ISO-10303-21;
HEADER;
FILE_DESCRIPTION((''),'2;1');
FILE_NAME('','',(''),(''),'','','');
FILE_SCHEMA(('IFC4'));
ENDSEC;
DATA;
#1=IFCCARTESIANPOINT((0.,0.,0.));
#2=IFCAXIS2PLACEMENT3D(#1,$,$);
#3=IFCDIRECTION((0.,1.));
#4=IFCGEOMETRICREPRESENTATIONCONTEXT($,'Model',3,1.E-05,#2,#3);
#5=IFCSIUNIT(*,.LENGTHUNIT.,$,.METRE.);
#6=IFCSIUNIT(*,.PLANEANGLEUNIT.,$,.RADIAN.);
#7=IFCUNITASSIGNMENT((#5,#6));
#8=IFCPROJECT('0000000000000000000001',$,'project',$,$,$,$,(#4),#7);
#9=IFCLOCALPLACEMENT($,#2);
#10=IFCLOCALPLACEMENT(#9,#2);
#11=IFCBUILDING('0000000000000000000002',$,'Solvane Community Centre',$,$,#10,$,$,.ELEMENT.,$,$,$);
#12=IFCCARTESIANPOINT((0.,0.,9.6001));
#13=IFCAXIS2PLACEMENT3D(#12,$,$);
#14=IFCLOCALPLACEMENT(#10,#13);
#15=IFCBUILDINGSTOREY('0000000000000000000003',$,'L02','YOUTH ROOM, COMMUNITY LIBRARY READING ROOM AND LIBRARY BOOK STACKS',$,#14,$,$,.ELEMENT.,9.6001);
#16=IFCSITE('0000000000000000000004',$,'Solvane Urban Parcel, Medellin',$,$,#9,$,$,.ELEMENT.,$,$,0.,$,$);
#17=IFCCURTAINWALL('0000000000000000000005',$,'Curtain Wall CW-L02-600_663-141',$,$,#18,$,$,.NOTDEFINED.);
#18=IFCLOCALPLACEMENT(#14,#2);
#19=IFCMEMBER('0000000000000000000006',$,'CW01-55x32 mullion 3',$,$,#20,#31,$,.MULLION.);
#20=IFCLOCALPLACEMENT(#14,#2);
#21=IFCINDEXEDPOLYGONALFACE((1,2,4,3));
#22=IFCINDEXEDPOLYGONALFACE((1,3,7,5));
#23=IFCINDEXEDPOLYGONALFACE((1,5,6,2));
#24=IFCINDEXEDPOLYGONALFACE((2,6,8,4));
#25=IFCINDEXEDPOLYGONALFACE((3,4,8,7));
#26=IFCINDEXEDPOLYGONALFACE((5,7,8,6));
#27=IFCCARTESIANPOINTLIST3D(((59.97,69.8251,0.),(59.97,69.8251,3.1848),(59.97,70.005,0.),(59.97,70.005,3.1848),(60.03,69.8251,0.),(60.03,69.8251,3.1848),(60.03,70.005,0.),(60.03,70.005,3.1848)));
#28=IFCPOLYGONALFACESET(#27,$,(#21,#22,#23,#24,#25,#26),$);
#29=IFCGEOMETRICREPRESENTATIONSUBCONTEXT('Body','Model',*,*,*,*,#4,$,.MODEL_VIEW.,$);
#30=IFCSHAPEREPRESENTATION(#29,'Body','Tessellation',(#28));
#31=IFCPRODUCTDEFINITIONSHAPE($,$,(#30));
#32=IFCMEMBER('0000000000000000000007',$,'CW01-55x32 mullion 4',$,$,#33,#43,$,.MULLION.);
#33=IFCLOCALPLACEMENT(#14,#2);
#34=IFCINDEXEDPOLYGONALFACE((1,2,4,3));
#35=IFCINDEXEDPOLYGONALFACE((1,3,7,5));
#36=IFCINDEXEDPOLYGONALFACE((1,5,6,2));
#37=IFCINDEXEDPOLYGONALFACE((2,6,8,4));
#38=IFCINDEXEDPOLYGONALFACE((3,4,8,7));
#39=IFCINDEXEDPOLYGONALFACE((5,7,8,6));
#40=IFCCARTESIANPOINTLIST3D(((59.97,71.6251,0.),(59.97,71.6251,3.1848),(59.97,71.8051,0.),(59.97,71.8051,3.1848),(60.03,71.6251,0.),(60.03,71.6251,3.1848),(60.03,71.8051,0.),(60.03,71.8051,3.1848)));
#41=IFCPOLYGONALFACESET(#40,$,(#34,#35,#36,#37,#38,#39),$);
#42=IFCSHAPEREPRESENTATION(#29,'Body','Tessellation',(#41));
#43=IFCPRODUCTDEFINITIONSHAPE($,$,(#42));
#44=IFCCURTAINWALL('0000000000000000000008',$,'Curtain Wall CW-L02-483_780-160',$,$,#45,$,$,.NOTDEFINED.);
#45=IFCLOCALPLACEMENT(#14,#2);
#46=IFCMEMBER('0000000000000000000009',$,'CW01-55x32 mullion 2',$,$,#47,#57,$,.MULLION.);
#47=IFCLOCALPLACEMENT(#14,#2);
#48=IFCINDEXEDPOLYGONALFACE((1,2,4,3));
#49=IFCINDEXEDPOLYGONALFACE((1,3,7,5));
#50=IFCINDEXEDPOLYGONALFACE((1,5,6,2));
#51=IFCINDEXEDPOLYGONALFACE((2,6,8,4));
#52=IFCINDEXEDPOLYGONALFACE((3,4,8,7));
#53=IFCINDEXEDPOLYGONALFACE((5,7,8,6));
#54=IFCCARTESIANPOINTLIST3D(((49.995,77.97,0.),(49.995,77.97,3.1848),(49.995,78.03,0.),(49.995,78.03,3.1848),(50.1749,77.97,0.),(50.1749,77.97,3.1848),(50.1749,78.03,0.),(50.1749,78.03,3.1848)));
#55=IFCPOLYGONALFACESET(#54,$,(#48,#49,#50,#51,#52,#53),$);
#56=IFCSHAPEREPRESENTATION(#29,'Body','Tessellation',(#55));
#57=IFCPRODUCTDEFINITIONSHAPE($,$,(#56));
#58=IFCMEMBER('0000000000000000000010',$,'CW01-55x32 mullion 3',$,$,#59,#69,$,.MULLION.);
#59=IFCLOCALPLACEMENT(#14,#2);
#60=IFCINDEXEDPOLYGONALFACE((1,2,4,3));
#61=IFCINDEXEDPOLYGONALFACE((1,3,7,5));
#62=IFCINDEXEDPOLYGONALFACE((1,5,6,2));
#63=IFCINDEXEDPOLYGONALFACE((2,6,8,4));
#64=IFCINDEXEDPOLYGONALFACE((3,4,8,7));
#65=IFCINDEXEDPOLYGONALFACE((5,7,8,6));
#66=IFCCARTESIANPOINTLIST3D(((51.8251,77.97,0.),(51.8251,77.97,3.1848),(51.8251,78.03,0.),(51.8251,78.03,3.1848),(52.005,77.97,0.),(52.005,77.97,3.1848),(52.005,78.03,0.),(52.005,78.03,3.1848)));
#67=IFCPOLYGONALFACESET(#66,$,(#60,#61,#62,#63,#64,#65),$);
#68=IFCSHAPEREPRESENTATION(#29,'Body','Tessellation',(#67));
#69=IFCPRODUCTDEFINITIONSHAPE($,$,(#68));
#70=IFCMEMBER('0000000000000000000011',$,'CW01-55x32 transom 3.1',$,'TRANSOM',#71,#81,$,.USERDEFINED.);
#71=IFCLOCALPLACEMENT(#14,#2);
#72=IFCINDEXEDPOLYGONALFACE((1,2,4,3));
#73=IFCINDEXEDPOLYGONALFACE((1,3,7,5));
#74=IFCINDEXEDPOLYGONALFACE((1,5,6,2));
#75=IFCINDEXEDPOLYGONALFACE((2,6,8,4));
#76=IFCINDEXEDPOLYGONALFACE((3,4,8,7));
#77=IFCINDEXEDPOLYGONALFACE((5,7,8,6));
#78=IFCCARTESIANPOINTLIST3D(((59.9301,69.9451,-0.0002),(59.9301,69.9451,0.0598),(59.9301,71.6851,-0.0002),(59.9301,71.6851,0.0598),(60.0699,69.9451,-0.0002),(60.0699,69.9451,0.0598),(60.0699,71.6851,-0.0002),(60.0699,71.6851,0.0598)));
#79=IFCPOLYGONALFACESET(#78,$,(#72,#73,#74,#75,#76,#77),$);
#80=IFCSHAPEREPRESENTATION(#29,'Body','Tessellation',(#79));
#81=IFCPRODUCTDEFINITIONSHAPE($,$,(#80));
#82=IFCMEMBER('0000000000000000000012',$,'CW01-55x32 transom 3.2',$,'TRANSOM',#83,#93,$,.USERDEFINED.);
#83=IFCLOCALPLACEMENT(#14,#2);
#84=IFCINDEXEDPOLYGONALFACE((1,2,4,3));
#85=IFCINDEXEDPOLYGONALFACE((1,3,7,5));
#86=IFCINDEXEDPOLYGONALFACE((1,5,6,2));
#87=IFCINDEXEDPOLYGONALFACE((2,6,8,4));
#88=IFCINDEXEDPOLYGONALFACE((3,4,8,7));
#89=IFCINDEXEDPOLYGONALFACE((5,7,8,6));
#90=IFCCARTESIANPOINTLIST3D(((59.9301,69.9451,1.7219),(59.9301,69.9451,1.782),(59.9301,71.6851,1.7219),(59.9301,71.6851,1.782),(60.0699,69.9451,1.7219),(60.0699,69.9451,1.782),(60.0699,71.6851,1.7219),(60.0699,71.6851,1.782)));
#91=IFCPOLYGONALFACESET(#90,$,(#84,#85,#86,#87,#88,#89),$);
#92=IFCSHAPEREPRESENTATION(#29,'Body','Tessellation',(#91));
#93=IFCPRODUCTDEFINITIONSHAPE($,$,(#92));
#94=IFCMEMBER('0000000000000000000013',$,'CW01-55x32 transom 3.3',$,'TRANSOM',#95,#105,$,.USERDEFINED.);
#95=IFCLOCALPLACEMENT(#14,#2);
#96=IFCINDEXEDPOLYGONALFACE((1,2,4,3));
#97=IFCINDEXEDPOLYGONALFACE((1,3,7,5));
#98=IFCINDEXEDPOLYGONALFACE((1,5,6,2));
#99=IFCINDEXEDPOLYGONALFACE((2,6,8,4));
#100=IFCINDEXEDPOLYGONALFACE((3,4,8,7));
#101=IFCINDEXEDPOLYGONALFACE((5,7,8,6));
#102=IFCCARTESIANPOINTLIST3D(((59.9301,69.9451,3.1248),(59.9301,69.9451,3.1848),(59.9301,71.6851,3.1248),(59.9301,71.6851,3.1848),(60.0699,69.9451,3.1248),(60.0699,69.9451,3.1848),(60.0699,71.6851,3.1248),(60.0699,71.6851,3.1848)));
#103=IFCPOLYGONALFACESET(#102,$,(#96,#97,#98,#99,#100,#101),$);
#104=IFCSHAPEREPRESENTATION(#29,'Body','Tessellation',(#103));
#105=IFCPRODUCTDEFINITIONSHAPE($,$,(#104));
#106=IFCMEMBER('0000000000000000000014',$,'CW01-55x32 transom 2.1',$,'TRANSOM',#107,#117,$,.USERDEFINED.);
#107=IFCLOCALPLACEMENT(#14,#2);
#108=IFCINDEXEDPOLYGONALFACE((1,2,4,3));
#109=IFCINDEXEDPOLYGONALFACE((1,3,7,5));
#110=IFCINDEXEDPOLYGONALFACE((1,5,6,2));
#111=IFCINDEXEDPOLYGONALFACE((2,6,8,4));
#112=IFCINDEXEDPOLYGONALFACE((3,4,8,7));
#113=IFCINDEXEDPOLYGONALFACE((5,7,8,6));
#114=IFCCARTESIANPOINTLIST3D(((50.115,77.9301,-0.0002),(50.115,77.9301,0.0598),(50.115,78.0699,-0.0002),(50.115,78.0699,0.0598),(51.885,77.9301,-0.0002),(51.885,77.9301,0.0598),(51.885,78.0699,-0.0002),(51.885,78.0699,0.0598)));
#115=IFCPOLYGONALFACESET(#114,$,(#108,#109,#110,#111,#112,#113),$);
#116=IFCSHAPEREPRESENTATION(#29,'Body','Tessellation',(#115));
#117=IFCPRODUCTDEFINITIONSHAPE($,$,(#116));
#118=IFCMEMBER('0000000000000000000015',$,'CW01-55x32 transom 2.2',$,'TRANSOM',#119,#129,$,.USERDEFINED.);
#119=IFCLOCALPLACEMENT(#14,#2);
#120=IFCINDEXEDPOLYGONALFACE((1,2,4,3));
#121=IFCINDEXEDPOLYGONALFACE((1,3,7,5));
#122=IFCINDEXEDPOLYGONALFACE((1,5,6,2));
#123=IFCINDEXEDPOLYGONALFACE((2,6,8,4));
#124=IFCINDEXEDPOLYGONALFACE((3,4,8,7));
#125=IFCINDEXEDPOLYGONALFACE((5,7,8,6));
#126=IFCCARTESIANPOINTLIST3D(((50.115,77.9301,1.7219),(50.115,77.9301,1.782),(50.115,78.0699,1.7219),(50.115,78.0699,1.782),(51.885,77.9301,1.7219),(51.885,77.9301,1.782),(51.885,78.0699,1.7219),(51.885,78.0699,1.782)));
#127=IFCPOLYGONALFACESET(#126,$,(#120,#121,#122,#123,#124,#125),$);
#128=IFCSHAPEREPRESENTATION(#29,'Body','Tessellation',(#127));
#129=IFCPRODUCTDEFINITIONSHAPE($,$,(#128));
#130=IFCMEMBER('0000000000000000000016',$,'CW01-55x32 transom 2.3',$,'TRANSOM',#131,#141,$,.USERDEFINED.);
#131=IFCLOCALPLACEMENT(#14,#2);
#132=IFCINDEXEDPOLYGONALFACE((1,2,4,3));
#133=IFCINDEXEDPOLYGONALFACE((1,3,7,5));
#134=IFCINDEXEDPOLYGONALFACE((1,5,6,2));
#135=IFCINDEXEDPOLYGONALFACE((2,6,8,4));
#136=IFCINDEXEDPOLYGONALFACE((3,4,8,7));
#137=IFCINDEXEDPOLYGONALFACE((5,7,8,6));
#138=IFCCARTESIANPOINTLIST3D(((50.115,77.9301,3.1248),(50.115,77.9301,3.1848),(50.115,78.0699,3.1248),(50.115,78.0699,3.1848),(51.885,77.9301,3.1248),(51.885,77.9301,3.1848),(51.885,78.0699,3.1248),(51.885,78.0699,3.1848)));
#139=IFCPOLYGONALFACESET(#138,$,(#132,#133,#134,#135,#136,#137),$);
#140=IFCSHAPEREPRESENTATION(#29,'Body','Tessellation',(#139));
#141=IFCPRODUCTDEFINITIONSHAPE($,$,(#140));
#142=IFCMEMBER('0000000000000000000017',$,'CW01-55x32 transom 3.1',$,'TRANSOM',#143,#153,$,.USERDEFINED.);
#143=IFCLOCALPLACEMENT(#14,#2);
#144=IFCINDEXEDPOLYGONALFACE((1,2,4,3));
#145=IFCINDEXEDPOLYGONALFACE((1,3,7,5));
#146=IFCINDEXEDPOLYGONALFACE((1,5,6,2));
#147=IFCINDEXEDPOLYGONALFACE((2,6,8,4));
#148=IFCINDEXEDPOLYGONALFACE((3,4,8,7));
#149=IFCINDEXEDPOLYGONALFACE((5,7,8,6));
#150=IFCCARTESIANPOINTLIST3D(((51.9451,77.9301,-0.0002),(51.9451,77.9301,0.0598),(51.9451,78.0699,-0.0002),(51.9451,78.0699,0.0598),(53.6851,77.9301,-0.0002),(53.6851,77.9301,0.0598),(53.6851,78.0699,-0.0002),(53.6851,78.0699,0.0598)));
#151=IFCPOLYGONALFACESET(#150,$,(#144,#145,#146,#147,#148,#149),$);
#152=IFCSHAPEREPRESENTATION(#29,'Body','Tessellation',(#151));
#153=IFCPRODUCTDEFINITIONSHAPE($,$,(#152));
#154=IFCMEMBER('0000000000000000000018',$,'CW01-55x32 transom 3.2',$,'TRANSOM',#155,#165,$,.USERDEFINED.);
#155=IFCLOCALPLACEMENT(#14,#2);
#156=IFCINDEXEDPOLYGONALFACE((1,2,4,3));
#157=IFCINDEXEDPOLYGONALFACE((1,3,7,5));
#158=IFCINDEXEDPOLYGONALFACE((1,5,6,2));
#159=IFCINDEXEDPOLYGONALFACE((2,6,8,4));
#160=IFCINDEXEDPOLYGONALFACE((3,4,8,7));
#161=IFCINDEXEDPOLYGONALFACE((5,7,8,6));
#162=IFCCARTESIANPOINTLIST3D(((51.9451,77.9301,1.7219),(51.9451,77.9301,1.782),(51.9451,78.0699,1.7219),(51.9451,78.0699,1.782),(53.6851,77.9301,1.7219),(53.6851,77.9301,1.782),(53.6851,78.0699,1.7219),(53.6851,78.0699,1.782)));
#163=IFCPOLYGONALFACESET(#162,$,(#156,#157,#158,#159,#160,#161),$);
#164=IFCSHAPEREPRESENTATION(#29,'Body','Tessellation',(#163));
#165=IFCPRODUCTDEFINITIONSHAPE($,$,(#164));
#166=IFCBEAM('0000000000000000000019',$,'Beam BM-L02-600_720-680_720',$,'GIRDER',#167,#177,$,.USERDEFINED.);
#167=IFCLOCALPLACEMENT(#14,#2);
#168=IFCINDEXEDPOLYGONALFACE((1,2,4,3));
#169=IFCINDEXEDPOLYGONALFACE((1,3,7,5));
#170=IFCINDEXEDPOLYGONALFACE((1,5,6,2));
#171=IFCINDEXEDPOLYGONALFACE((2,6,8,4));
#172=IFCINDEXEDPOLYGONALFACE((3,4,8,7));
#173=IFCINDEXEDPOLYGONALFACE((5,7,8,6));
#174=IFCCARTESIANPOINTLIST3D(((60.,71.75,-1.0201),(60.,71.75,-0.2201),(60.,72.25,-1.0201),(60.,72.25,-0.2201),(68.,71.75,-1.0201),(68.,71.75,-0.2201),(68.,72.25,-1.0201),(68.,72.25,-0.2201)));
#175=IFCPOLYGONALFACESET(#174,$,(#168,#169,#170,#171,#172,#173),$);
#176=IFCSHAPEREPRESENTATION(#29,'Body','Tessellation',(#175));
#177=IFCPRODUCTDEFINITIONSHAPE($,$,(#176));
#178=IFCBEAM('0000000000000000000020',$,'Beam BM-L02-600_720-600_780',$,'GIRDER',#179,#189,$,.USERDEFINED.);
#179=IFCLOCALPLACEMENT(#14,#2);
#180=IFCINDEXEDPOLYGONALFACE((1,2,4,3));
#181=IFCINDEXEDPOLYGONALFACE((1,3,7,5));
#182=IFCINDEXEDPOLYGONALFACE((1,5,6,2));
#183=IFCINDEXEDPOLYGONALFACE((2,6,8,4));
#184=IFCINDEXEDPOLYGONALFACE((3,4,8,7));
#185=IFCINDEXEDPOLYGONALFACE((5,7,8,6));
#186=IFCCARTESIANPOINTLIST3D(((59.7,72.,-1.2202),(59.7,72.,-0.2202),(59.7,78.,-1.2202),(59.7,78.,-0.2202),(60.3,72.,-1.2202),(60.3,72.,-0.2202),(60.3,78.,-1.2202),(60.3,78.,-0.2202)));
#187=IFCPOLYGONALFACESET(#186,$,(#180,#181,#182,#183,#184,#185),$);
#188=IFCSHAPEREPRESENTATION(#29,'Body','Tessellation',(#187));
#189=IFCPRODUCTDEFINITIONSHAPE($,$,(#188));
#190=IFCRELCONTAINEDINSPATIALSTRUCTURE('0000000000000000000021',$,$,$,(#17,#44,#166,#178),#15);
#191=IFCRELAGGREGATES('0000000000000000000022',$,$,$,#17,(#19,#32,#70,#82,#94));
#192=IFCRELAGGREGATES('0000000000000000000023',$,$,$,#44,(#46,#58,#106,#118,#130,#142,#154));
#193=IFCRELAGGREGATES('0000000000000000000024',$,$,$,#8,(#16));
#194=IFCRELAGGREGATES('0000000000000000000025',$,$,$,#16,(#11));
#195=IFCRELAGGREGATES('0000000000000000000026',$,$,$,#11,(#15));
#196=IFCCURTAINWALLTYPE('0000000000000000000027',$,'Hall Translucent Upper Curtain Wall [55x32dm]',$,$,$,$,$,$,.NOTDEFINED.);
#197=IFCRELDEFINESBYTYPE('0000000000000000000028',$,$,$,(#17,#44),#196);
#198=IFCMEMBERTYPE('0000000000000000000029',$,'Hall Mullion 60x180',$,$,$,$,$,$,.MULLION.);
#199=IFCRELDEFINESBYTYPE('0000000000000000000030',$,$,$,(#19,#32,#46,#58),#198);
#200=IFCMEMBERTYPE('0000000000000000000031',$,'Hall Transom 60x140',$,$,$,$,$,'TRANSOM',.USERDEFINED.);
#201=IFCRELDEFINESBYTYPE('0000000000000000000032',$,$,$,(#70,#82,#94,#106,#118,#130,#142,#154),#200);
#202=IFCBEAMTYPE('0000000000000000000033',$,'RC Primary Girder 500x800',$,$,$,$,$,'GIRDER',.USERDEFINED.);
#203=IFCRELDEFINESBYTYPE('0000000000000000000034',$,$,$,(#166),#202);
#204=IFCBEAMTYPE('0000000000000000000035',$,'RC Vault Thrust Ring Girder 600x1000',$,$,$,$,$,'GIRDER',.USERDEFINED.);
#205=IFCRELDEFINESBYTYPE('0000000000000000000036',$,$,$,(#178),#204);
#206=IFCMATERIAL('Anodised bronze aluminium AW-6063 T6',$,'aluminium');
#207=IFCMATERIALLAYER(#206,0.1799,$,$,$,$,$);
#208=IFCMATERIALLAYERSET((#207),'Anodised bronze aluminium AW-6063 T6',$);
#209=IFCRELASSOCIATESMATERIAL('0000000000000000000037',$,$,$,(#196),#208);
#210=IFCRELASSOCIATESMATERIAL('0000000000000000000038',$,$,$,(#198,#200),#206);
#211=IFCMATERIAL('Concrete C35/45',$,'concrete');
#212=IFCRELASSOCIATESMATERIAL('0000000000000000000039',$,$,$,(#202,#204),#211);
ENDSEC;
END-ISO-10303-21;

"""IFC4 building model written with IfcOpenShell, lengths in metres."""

from ifc_helpers import new_model, si_unit, direction, frame, origin, origin_2d, place, context, subcontext, project, spatial, rectangle, extrude, material, layer, layer_set, material_profile, profile_set, type_object, element, aggregate, save


model = new_model("IFC4")

# Units and contexts
model_context = context("Model", 3, precision=1e-05, world=origin(), true_north=direction((0.0, 1.0)))
body_context = subcontext(model_context, "Body", "Model", "MODEL_VIEW")
ifc_project = project(units=[si_unit("LENGTHUNIT", "METRE"), si_unit("PLANEANGLEUNIT", "RADIAN")], contexts=[model_context])

# Site, building, storey
site_placement = place(None, origin())
site = spatial("IfcSite", under=ifc_project, at=site_placement, Name="Solvane Urban Parcel, Medellin", CompositionType="ELEMENT", RefElevation=0.0)
building_placement = place(site_placement, origin())
building = spatial("IfcBuilding", under=site, at=building_placement, Name="Solvane Community Centre", CompositionType="ELEMENT")
storey_placement = place(building_placement, frame((0.0, 0.0, 9.6001)))
storey = spatial("IfcBuildingStorey", under=building, at=storey_placement, Name="L02", Description="YOUTH ROOM, COMMUNITY LIBRARY READING ROOM AND LIBRARY BOOK STACKS", CompositionType="ELEMENT", Elevation=9.6001)

# Curtain walls, members
ifc_material_1 = material(Name="Anodised bronze aluminium AW-6063 T6", Category="aluminium")
ifc_layer_1 = layer(ifc_material_1, 0.1799)
ifc_layer_set_1 = layer_set([ifc_layer_1], Name="Anodised bronze aluminium AW-6063 T6")
curtain_wall_type = type_object("IfcCurtainWallType", Name="Hall Translucent Upper Curtain Wall [55x32dm]", PredefinedType="NOTDEFINED", material=ifc_layer_set_1)
curtain_wall_1_placement = place(storey_placement, origin())
curtain_wall_1 = element("IfcCurtainWall", 1, at=curtain_wall_1_placement, inside=storey, type_object=curtain_wall_type, Name="Curtain Wall CW-L02-600_663-141", PredefinedType="NOTDEFINED")
ifc_material_profile_1 = material_profile(ifc_material_1, rectangle(XDim=0.0601, YDim=0.1799, at=origin_2d()), Name="CW-M 60x180")
ifc_profile_set_1 = profile_set([ifc_material_profile_1], Name="Anodised bronze aluminium AW-6063 T6")
member_type_1 = type_object("IfcMemberType", Name="Hall Mullion 60x180", PredefinedType="MULLION", material=ifc_profile_set_1)
member_1_placement = place(storey_placement, frame((60.0, 69.915, 0.0), z_axis=(0.0, 0.0, 1.0), x_axis=(-1.0, 0.0, 0.0)))
member_1 = element("IfcMember", 2, at=member_1_placement, type_object=member_type_1, Name="CW01-55x32 mullion 3", PredefinedType="MULLION", context=body_context, shape_type="SweptSolid", body=[
    extrude(rectangle(XDim=0.0601, YDim=0.1799, at=origin_2d()), origin(), (0.0, 0.0, 1.0), 3.1848),
])
member_2_placement = place(storey_placement, frame((60.0, 71.7151, 0.0), z_axis=(0.0, 0.0, 1.0), x_axis=(-1.0, 0.0, 0.0)))
member_2 = element("IfcMember", 3, at=member_2_placement, type_object=member_type_1, Name="CW01-55x32 mullion 4", PredefinedType="MULLION", context=body_context, shape_type="SweptSolid", body=[
    extrude(rectangle(XDim=0.0601, YDim=0.1799, at=origin_2d()), origin(), (0.0, 0.0, 1.0), 3.1848),
])
curtain_wall_2_placement = place(storey_placement, origin())
curtain_wall_2 = element("IfcCurtainWall", 4, at=curtain_wall_2_placement, inside=storey, type_object=curtain_wall_type, Name="Curtain Wall CW-L02-483_780-160", PredefinedType="NOTDEFINED")
member_3_placement = place(storey_placement, frame((50.085, 78.0, 0.0), z_axis=(0.0, 0.0, 1.0), x_axis=(0.0, 1.0, 0.0)))
member_3 = element("IfcMember", 5, at=member_3_placement, type_object=member_type_1, Name="CW01-55x32 mullion 2", PredefinedType="MULLION", context=body_context, shape_type="SweptSolid", body=[
    extrude(rectangle(XDim=0.0601, YDim=0.1799, at=origin_2d()), origin(), (0.0, 0.0, 1.0), 3.1848),
])
member_4_placement = place(storey_placement, frame((51.915, 78.0, 0.0), z_axis=(0.0, 0.0, 1.0), x_axis=(0.0, 1.0, 0.0)))
member_4 = element("IfcMember", 6, at=member_4_placement, type_object=member_type_1, Name="CW01-55x32 mullion 3", PredefinedType="MULLION", context=body_context, shape_type="SweptSolid", body=[
    extrude(rectangle(XDim=0.0601, YDim=0.1799, at=origin_2d()), origin(), (0.0, 0.0, 1.0), 3.1848),
])

# Members
ifc_material_profile_2 = material_profile(ifc_material_1, rectangle(XDim=0.1399, YDim=0.0601, at=origin_2d()), Name="CW-T 60x140")
ifc_profile_set_2 = profile_set([ifc_material_profile_2], Name="Anodised bronze aluminium AW-6063 T6")
member_type_2 = type_object("IfcMemberType", Name="Hall Transom 60x140", ElementType="TRANSOM", PredefinedType="USERDEFINED", material=ifc_profile_set_2)
member_5_placement = place(storey_placement, frame((60.0, 69.9451, 0.0298), z_axis=(0.0, 1.0, 0.0), x_axis=(-1.0, 0.0, 0.0)))
member_5 = element("IfcMember", 7, at=member_5_placement, type_object=member_type_2, Name="CW01-55x32 transom 3.1", ObjectType="TRANSOM", PredefinedType="USERDEFINED", context=body_context, shape_type="SweptSolid", body=[
    extrude(rectangle(XDim=0.1399, YDim=0.0601, at=origin_2d()), origin(), (0.0, 0.0, 1.0), 1.74),
])
member_6_placement = place(storey_placement, frame((60.0, 69.9451, 1.752), z_axis=(0.0, 1.0, 0.0), x_axis=(-1.0, 0.0, 0.0)))
member_6 = element("IfcMember", 8, at=member_6_placement, type_object=member_type_2, Name="CW01-55x32 transom 3.2", ObjectType="TRANSOM", PredefinedType="USERDEFINED", context=body_context, shape_type="SweptSolid", body=[
    extrude(rectangle(XDim=0.1399, YDim=0.0601, at=origin_2d()), origin(), (0.0, 0.0, 1.0), 1.74),
])
member_7_placement = place(storey_placement, frame((60.0, 69.9451, 3.1548), z_axis=(0.0, 1.0, 0.0), x_axis=(-1.0, 0.0, 0.0)))
member_7 = element("IfcMember", 9, at=member_7_placement, type_object=member_type_2, Name="CW01-55x32 transom 3.3", ObjectType="TRANSOM", PredefinedType="USERDEFINED", context=body_context, shape_type="SweptSolid", body=[
    extrude(rectangle(XDim=0.1399, YDim=0.0601, at=origin_2d()), origin(), (0.0, 0.0, 1.0), 1.74),
])
member_8_placement = place(storey_placement, frame((50.115, 78.0, 0.0298), z_axis=(1.0, 0.0, 0.0), x_axis=(0.0, 1.0, 0.0)))
member_8 = element("IfcMember", 10, at=member_8_placement, type_object=member_type_2, Name="CW01-55x32 transom 2.1", ObjectType="TRANSOM", PredefinedType="USERDEFINED", context=body_context, shape_type="SweptSolid", body=[
    extrude(rectangle(XDim=0.1399, YDim=0.0601, at=origin_2d()), origin(), (0.0, 0.0, 1.0), 1.77),
])
member_9_placement = place(storey_placement, frame((50.115, 78.0, 1.752), z_axis=(1.0, 0.0, 0.0), x_axis=(0.0, 1.0, 0.0)))
member_9 = element("IfcMember", 11, at=member_9_placement, type_object=member_type_2, Name="CW01-55x32 transom 2.2", ObjectType="TRANSOM", PredefinedType="USERDEFINED", context=body_context, shape_type="SweptSolid", body=[
    extrude(rectangle(XDim=0.1399, YDim=0.0601, at=origin_2d()), origin(), (0.0, 0.0, 1.0), 1.77),
])
member_10_placement = place(storey_placement, frame((50.115, 78.0, 3.1548), z_axis=(1.0, 0.0, 0.0), x_axis=(0.0, 1.0, 0.0)))
member_10 = element("IfcMember", 12, at=member_10_placement, type_object=member_type_2, Name="CW01-55x32 transom 2.3", ObjectType="TRANSOM", PredefinedType="USERDEFINED", context=body_context, shape_type="SweptSolid", body=[
    extrude(rectangle(XDim=0.1399, YDim=0.0601, at=origin_2d()), origin(), (0.0, 0.0, 1.0), 1.77),
])
member_11_placement = place(storey_placement, frame((51.9451, 78.0, 0.0298), z_axis=(1.0, 0.0, 0.0), x_axis=(0.0, 1.0, 0.0)))
member_11 = element("IfcMember", 13, at=member_11_placement, type_object=member_type_2, Name="CW01-55x32 transom 3.1", ObjectType="TRANSOM", PredefinedType="USERDEFINED", context=body_context, shape_type="SweptSolid", body=[
    extrude(rectangle(XDim=0.1399, YDim=0.0601, at=origin_2d()), origin(), (0.0, 0.0, 1.0), 1.74),
])
member_12_placement = place(storey_placement, frame((51.9451, 78.0, 1.752), z_axis=(1.0, 0.0, 0.0), x_axis=(0.0, 1.0, 0.0)))
member_12 = element("IfcMember", 14, at=member_12_placement, type_object=member_type_2, Name="CW01-55x32 transom 3.2", ObjectType="TRANSOM", PredefinedType="USERDEFINED", context=body_context, shape_type="SweptSolid", body=[
    extrude(rectangle(XDim=0.1399, YDim=0.0601, at=origin_2d()), origin(), (0.0, 0.0, 1.0), 1.74),
])

# Beams
ifc_material_2 = material(Name="Concrete C35/45", Category="concrete")
ifc_material_profile_3 = material_profile(ifc_material_2, rectangle(XDim=0.5, YDim=0.8, at=origin_2d()), Name="RC 500x800")
ifc_profile_set_3 = profile_set([ifc_material_profile_3], Name="Concrete C35/45")
beam_type_1 = type_object("IfcBeamType", Name="RC Primary Girder 500x800", ElementType="GIRDER", PredefinedType="USERDEFINED", material=ifc_profile_set_3)
beam_1_placement = place(storey_placement, frame((60.0, 72.0, -0.6201), z_axis=(1.0, 0.0, 0.0), x_axis=(0.0, 1.0, 0.0)))
element("IfcBeam", 15, at=beam_1_placement, inside=storey, type_object=beam_type_1, Name="Beam BM-L02-600_720-680_720", ObjectType="GIRDER", PredefinedType="USERDEFINED", context=body_context, shape_type="SweptSolid", body=[
    extrude(rectangle(XDim=0.5, YDim=0.8, at=origin_2d()), origin(), (0.0, 0.0, 1.0), 8.0),
])
ifc_material_profile_4 = material_profile(ifc_material_2, rectangle(XDim=0.6001, YDim=1.0, at=origin_2d()), Name="RC 600x1000")
ifc_profile_set_4 = profile_set([ifc_material_profile_4], Name="Concrete C35/45")
beam_type_2 = type_object("IfcBeamType", Name="RC Vault Thrust Ring Girder 600x1000", ElementType="GIRDER", PredefinedType="USERDEFINED", material=ifc_profile_set_4)
beam_2_placement = place(storey_placement, frame((60.0, 72.0, -0.7202), z_axis=(0.0, 1.0, 0.0), x_axis=(-1.0, 0.0, 0.0)))
element("IfcBeam", 16, at=beam_2_placement, inside=storey, type_object=beam_type_2, Name="Beam BM-L02-600_720-600_780", ObjectType="GIRDER", PredefinedType="USERDEFINED", context=body_context, shape_type="SweptSolid", body=[
    extrude(rectangle(XDim=0.6001, YDim=1.0, at=origin_2d()), origin(), (0.0, 0.0, 1.0), 6.0),
])

aggregate(curtain_wall_1, [member_1, member_2, member_5, member_6, member_7])
aggregate(curtain_wall_2, [member_3, member_4, member_8, member_9, member_10, member_11, member_12])

save(model, "model.ifc")
